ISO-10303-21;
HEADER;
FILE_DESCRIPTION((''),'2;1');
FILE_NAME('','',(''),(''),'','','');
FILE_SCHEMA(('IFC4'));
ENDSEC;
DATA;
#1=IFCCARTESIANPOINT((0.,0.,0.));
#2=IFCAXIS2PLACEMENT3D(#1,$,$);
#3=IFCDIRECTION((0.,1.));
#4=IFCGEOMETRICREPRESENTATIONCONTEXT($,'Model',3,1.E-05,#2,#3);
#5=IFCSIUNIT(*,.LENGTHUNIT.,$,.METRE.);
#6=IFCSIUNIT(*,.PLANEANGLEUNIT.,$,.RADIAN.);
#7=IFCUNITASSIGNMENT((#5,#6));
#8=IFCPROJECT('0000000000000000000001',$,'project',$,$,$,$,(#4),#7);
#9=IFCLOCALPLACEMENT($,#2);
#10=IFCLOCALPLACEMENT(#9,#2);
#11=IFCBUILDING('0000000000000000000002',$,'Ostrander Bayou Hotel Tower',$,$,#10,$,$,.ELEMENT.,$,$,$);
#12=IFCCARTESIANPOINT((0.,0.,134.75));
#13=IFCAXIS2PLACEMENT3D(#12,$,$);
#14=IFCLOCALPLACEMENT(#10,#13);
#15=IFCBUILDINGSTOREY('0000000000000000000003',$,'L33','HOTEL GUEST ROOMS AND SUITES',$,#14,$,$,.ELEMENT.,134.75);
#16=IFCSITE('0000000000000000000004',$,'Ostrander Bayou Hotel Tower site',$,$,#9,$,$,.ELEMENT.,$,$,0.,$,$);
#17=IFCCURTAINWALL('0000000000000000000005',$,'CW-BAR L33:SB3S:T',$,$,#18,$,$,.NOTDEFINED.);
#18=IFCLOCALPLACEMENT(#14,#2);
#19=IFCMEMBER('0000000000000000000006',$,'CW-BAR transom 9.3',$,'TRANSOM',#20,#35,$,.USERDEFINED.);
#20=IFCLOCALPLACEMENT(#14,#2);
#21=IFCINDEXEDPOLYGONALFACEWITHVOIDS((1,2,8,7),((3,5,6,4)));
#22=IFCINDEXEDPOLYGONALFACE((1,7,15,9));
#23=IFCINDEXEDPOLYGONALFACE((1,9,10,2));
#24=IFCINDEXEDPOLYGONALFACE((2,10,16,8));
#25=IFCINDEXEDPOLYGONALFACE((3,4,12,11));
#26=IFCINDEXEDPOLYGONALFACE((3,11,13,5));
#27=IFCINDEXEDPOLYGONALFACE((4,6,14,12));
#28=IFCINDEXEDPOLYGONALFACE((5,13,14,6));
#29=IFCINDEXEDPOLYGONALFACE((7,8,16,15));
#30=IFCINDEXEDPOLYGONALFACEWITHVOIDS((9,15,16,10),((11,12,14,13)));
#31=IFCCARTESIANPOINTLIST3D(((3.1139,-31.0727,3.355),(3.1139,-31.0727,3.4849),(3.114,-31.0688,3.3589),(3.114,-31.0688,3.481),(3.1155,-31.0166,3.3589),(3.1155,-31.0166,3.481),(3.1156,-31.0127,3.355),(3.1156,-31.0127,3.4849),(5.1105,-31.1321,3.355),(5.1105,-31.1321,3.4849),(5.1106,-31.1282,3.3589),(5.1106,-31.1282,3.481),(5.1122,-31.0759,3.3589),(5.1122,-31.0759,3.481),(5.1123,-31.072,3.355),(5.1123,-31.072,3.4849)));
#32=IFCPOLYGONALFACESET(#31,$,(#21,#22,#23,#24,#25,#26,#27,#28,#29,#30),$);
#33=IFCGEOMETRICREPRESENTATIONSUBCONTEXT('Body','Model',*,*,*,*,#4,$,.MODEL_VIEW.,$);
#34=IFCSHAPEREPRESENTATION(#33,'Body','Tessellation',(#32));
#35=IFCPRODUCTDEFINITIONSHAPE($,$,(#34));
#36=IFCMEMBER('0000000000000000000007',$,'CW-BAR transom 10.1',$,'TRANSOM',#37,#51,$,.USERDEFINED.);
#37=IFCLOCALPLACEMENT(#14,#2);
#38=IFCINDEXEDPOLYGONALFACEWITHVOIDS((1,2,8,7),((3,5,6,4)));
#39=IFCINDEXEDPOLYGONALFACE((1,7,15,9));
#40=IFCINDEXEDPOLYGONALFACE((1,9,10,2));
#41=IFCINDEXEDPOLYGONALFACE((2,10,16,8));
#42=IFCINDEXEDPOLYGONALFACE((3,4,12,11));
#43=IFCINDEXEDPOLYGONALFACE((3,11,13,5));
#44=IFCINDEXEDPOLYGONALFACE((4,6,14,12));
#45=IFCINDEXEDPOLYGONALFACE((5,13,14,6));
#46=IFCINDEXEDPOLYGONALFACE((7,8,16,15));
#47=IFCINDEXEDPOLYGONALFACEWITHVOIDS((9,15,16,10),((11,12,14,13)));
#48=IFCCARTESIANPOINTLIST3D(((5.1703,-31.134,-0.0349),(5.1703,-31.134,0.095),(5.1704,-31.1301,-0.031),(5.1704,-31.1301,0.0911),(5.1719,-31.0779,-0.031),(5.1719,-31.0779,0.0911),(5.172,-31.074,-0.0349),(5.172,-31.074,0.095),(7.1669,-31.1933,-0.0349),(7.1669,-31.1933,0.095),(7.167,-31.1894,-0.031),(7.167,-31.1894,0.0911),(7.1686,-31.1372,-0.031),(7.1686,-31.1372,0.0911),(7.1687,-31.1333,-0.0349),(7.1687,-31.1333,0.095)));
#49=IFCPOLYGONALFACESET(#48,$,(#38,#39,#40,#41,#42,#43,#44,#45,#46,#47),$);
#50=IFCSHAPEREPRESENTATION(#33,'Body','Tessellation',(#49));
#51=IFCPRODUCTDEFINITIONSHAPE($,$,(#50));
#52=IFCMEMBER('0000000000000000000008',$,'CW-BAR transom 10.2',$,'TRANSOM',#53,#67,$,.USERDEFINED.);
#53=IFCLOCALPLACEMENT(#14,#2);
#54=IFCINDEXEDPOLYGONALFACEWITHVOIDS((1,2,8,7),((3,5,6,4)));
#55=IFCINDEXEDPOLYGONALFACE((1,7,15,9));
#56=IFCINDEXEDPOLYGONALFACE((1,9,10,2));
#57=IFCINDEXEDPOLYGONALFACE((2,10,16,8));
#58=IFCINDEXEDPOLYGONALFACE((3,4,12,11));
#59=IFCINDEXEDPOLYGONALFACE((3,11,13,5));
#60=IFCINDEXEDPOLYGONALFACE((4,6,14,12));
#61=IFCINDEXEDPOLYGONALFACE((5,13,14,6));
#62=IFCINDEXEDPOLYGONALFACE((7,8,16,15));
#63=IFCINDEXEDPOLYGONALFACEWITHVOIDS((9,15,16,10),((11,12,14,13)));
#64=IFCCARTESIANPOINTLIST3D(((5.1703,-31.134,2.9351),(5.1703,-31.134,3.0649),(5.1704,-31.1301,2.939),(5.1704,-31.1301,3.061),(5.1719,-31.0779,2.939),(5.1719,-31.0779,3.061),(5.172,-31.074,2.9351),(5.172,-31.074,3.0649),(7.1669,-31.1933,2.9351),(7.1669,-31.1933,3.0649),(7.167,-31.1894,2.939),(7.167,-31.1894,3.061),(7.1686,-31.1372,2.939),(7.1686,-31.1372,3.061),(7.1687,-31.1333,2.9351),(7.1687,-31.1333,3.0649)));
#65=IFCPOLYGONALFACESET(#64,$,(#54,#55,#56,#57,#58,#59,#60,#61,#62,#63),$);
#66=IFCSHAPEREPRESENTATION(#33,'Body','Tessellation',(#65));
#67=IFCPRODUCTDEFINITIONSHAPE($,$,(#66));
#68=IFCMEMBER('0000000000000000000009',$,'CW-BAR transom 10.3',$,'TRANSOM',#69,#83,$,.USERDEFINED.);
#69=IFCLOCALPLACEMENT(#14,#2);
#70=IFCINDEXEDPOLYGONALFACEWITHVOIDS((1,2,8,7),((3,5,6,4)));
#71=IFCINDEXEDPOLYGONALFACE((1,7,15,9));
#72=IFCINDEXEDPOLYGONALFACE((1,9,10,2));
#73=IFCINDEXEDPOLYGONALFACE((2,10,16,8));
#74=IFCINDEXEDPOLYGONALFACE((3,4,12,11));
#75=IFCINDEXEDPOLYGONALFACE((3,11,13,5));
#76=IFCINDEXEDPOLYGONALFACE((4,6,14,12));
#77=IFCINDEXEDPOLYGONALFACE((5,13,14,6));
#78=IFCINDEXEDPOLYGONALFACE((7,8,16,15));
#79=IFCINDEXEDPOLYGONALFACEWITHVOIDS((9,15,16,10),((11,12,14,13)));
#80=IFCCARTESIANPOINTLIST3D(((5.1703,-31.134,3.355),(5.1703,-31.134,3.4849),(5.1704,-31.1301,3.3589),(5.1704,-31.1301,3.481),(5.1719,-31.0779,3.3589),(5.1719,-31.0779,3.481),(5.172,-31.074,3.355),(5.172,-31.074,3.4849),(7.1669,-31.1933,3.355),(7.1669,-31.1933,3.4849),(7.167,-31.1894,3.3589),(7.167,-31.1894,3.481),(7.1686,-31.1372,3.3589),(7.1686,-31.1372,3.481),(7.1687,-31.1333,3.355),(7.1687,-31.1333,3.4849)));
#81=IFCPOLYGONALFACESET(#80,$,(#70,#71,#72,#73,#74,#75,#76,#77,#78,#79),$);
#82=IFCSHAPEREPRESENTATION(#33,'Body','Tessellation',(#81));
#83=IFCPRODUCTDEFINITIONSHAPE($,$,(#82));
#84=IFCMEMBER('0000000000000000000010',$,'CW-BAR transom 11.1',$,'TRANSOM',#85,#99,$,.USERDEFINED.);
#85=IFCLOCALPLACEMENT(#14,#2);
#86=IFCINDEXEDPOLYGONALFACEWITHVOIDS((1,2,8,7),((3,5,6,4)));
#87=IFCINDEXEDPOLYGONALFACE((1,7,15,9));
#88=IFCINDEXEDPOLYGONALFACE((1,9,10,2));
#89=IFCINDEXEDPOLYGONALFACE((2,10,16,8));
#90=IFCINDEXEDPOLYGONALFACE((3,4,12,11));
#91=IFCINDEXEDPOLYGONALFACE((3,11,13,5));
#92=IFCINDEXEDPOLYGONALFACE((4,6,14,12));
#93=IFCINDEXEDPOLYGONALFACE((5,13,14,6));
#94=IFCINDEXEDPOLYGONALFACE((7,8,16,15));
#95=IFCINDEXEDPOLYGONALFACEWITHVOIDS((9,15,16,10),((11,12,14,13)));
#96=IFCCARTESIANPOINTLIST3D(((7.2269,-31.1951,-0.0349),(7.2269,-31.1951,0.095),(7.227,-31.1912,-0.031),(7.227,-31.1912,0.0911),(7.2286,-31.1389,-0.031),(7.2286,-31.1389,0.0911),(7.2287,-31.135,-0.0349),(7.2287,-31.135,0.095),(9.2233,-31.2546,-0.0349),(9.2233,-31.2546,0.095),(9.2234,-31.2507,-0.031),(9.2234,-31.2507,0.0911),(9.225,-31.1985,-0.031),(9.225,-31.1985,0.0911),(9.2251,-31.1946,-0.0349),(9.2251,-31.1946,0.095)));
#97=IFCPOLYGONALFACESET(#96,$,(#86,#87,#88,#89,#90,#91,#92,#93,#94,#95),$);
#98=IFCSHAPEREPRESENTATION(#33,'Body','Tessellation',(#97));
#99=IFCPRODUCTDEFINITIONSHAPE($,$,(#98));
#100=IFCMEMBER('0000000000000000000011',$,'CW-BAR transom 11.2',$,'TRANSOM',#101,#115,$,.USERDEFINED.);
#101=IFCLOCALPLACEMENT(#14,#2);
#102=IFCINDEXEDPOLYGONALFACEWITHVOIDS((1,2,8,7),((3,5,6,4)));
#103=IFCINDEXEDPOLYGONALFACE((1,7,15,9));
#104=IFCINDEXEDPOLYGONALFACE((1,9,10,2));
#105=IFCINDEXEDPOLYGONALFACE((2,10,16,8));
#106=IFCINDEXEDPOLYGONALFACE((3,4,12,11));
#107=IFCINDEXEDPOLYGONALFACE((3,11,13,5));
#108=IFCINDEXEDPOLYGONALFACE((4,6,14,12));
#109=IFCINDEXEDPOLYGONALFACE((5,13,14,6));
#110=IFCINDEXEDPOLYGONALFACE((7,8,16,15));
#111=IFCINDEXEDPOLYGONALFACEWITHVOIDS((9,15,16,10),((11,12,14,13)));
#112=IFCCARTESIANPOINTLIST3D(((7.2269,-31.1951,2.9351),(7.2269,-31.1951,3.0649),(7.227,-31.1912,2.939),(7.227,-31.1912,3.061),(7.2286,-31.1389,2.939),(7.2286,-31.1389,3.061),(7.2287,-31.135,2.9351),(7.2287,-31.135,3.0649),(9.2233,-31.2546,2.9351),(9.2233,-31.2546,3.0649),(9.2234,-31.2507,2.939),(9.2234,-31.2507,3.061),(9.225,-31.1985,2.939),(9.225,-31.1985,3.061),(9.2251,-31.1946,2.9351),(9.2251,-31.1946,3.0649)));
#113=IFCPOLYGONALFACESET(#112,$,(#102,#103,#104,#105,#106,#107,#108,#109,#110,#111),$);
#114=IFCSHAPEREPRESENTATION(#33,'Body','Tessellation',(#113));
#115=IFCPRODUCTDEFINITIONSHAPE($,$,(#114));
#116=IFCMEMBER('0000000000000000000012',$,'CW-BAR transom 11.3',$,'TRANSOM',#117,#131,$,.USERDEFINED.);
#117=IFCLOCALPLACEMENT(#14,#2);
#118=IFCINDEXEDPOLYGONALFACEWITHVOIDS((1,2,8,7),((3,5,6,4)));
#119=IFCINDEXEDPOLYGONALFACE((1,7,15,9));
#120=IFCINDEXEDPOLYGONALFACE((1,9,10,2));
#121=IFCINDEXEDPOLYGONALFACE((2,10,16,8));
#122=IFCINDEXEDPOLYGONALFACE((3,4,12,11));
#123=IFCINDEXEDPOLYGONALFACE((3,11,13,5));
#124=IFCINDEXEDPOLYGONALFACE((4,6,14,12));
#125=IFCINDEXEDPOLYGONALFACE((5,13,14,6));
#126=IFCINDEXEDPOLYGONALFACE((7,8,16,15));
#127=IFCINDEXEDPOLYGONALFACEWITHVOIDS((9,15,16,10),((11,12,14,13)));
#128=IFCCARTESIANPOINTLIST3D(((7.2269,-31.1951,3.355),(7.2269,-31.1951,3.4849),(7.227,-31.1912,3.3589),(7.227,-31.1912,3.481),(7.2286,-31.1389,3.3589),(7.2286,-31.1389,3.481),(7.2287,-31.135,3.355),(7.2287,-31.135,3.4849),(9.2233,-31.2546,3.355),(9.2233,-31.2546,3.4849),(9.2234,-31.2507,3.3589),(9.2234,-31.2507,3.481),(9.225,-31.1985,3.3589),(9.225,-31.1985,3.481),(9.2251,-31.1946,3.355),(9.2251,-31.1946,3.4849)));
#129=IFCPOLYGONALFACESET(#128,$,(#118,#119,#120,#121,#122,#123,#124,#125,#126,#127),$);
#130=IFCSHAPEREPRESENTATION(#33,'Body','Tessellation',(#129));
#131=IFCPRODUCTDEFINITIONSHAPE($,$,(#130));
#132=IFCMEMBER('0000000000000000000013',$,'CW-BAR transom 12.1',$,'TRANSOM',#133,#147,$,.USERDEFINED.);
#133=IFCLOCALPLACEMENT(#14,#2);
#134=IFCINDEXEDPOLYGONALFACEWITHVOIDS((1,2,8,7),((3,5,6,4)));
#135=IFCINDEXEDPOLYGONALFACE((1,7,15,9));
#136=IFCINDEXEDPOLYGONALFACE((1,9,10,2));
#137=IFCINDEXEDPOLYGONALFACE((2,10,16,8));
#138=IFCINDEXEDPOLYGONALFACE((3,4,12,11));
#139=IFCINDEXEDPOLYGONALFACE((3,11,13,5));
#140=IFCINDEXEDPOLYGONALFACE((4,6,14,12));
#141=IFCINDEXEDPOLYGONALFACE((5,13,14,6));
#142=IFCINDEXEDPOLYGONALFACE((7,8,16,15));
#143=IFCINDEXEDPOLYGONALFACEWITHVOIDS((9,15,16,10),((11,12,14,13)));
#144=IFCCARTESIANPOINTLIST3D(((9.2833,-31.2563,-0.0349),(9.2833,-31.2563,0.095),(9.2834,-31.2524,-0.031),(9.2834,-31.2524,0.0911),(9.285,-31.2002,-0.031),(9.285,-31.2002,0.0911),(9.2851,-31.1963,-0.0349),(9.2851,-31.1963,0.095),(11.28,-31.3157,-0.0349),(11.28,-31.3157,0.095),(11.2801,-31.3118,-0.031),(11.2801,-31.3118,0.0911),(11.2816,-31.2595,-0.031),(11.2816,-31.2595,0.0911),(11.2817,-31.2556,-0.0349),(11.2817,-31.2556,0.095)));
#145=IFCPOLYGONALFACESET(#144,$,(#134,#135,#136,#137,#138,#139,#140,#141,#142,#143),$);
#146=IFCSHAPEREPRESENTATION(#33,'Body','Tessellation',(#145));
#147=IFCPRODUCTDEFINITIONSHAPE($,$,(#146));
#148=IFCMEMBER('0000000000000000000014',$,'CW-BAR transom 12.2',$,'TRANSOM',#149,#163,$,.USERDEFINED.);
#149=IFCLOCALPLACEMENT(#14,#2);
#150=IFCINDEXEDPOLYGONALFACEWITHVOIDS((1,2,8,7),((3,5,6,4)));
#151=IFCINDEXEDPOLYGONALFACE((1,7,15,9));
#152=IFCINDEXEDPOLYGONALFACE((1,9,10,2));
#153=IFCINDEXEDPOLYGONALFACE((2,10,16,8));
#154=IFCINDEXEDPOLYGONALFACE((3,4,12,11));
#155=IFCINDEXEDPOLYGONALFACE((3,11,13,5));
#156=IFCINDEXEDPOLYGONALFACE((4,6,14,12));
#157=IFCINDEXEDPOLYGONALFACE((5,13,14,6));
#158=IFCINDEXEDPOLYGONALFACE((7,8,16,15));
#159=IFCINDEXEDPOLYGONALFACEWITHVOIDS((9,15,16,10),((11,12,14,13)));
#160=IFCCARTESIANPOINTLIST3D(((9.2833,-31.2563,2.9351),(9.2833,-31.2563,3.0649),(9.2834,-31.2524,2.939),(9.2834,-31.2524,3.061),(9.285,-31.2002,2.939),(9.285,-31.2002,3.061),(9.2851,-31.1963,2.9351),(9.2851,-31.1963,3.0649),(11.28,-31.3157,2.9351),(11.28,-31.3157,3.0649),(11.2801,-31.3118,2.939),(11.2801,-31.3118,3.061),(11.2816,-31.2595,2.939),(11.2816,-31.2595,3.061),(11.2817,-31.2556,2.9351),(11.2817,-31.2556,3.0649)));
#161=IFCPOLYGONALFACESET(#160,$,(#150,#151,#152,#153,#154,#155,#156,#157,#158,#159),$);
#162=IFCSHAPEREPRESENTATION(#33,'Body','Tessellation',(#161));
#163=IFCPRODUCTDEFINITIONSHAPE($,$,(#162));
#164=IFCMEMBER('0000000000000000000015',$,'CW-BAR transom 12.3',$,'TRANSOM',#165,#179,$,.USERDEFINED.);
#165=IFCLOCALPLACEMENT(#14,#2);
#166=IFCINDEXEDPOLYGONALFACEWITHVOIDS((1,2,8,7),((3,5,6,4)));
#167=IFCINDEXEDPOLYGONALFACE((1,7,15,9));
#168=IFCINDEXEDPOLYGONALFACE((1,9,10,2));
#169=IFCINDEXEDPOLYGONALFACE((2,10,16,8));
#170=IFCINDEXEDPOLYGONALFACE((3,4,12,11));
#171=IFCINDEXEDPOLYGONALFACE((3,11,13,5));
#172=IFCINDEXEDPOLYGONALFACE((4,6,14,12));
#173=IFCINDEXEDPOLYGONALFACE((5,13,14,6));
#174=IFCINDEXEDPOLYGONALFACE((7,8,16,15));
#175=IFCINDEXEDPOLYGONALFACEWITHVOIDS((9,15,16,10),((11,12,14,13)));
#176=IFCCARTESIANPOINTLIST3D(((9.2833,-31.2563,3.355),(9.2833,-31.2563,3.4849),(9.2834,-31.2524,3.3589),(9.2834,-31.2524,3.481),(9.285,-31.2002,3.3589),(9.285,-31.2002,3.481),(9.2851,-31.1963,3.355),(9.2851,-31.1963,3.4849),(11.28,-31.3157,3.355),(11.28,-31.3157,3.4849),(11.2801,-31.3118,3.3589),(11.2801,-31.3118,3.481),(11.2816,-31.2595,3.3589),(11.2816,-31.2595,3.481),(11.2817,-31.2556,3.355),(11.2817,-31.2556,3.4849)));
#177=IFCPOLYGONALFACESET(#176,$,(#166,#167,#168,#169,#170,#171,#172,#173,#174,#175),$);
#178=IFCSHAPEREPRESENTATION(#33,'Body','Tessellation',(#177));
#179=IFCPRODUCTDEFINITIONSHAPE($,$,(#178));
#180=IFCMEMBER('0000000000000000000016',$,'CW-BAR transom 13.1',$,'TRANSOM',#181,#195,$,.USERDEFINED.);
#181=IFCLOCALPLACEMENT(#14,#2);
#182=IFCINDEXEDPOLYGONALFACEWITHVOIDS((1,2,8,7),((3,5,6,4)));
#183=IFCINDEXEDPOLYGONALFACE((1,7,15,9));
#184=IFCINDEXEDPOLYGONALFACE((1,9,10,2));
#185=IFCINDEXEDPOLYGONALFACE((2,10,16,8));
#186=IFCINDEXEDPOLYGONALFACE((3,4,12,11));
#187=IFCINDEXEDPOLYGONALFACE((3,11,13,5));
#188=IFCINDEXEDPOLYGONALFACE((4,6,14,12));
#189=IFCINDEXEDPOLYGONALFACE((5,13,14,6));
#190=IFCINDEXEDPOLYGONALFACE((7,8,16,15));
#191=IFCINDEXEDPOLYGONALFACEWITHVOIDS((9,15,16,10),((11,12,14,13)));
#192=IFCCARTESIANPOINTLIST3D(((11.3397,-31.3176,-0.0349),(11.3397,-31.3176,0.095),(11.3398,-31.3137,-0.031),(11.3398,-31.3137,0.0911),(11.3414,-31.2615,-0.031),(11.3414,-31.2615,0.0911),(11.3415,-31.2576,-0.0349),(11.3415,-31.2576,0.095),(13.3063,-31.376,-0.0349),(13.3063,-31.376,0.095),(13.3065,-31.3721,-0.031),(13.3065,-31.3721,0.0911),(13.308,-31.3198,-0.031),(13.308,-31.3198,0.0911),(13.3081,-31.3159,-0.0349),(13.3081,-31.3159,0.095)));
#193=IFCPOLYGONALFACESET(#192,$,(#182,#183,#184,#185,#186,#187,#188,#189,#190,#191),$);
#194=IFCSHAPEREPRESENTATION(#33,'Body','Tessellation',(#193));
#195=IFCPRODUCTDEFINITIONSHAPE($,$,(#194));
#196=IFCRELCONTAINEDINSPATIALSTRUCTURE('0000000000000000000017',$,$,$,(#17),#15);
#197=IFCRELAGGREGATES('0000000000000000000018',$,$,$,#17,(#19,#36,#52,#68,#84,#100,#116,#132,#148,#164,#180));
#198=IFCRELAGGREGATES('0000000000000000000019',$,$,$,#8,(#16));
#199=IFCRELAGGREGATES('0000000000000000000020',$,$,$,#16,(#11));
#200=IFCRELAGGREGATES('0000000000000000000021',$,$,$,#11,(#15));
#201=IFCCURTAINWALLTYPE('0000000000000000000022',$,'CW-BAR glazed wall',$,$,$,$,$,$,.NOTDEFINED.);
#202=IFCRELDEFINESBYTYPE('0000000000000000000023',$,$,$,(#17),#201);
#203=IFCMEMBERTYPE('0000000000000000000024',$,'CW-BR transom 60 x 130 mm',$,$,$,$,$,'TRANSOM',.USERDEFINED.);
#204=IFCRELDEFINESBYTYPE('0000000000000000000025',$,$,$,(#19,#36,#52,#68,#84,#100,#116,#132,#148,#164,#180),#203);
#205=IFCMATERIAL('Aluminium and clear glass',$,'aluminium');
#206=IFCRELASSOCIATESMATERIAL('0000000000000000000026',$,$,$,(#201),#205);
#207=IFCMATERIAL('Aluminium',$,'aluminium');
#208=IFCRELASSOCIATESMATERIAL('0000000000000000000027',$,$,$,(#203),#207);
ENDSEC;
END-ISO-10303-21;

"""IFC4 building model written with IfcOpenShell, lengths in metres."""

from ifc_helpers import new_model, si_unit, direction, frame, origin, origin_2d, place, context, subcontext, project, spatial, hollow_rectangle, extrude, material, material_profile, profile_set, type_object, element, aggregate, save


model = new_model("IFC4")

# Units and contexts
model_context = context("Model", 3, precision=1e-05, world=origin(), true_north=direction((0.0, 1.0)))
body_context = subcontext(model_context, "Body", "Model", "MODEL_VIEW")
ifc_project = project(units=[si_unit("LENGTHUNIT", "METRE"), si_unit("PLANEANGLEUNIT", "RADIAN")], contexts=[model_context])

# Site, building, storey
site_placement = place(None, origin())
site = spatial("IfcSite", under=ifc_project, at=site_placement, Name="Ostrander Bayou Hotel Tower site", CompositionType="ELEMENT", RefElevation=0.0)
building_placement = place(site_placement, origin())
building = spatial("IfcBuilding", under=site, at=building_placement, Name="Ostrander Bayou Hotel Tower", CompositionType="ELEMENT")
storey_placement = place(building_placement, frame((0.0, 0.0, 134.75)))
storey = spatial("IfcBuildingStorey", under=building, at=storey_placement, Name="L33", Description="HOTEL GUEST ROOMS AND SUITES", CompositionType="ELEMENT", Elevation=134.75)

# Curtain wall, members
ifc_material_1 = material(Name="Aluminium and clear glass", Category="aluminium")
curtain_wall_type = type_object("IfcCurtainWallType", Name="CW-BAR glazed wall", PredefinedType="NOTDEFINED", material=ifc_material_1)
curtain_wall_placement = place(storey_placement, origin())
curtain_wall = element("IfcCurtainWall", 1, at=curtain_wall_placement, inside=storey, type_object=curtain_wall_type, Name="CW-BAR L33:SB3S:T", PredefinedType="NOTDEFINED")
ifc_material_2 = material(Name="Aluminium", Category="aluminium")
ifc_material_profile_1 = material_profile(ifc_material_2, hollow_rectangle(XDim=0.0601, YDim=0.1299, WallThickness=0.0039, at=origin_2d()))
ifc_profile_set_1 = profile_set([ifc_material_profile_1], Name="Aluminium")
member_type_1 = type_object("IfcMemberType", Name="CW-BR transom 60 x 130 mm", ElementType="TRANSOM", PredefinedType="USERDEFINED", material=ifc_profile_set_1)
member_1_placement = place(storey_placement, frame((3.1147, -31.0427, 3.4199), z_axis=(0.999559, -0.029701, 0.0), x_axis=(0.029701, 0.999559, 0.0)))
member_1 = element("IfcMember", 2, at=member_1_placement, type_object=member_type_1, Name="CW-BAR transom 9.3", ObjectType="TRANSOM", PredefinedType="USERDEFINED", context=body_context, shape_type="SweptSolid", body=[
    extrude(hollow_rectangle(XDim=0.0601, YDim=0.1299, WallThickness=0.0039, at=origin_2d()), origin(), (0.0, 0.0, 1.0), 1.9976),
])
member_2_placement = place(storey_placement, frame((5.1711, -31.104, 0.03), z_axis=(0.999559, -0.029701, 0.0), x_axis=(0.029701, 0.999559, 0.0)))
member_2 = element("IfcMember", 3, at=member_2_placement, type_object=member_type_1, Name="CW-BAR transom 10.1", ObjectType="TRANSOM", PredefinedType="USERDEFINED", context=body_context, shape_type="SweptSolid", body=[
    extrude(hollow_rectangle(XDim=0.0601, YDim=0.1299, WallThickness=0.0039, at=origin_2d()), origin(), (0.0, 0.0, 1.0), 1.9976),
])
member_3_placement = place(storey_placement, frame((5.1711, -31.104, 3.0), z_axis=(0.999559, -0.029701, 0.0), x_axis=(0.029701, 0.999559, 0.0)))
member_3 = element("IfcMember", 4, at=member_3_placement, type_object=member_type_1, Name="CW-BAR transom 10.2", ObjectType="TRANSOM", PredefinedType="USERDEFINED", context=body_context, shape_type="SweptSolid", body=[
    extrude(hollow_rectangle(XDim=0.0601, YDim=0.1299, WallThickness=0.0039, at=origin_2d()), origin(), (0.0, 0.0, 1.0), 1.9976),
])
member_4_placement = place(storey_placement, frame((5.1711, -31.104, 3.4199), z_axis=(0.999559, -0.029701, 0.0), x_axis=(0.029701, 0.999559, 0.0)))
member_4 = element("IfcMember", 5, at=member_4_placement, type_object=member_type_1, Name="CW-BAR transom 10.3", ObjectType="TRANSOM", PredefinedType="USERDEFINED", context=body_context, shape_type="SweptSolid", body=[
    extrude(hollow_rectangle(XDim=0.0601, YDim=0.1299, WallThickness=0.0039, at=origin_2d()), origin(), (0.0, 0.0, 1.0), 1.9976),
])
member_5_placement = place(storey_placement, frame((7.2278, -31.165, 0.03), z_axis=(0.999555, -0.029827, 0.0), x_axis=(0.029827, 0.999555, 0.0)))
member_5 = element("IfcMember", 6, at=member_5_placement, type_object=member_type_1, Name="CW-BAR transom 11.1", ObjectType="TRANSOM", PredefinedType="USERDEFINED", context=body_context, shape_type="SweptSolid", body=[
    extrude(hollow_rectangle(XDim=0.0601, YDim=0.1299, WallThickness=0.0039, at=origin_2d()), origin(), (0.0, 0.0, 1.0), 1.9973),
])
member_6_placement = place(storey_placement, frame((7.2278, -31.165, 3.0), z_axis=(0.999555, -0.029827, 0.0), x_axis=(0.029827, 0.999555, 0.0)))
member_6 = element("IfcMember", 7, at=member_6_placement, type_object=member_type_1, Name="CW-BAR transom 11.2", ObjectType="TRANSOM", PredefinedType="USERDEFINED", context=body_context, shape_type="SweptSolid", body=[
    extrude(hollow_rectangle(XDim=0.0601, YDim=0.1299, WallThickness=0.0039, at=origin_2d()), origin(), (0.0, 0.0, 1.0), 1.9973),
])
member_7_placement = place(storey_placement, frame((7.2278, -31.165, 3.4199), z_axis=(0.999555, -0.029827, 0.0), x_axis=(0.029827, 0.999555, 0.0)))
member_7 = element("IfcMember", 8, at=member_7_placement, type_object=member_type_1, Name="CW-BAR transom 11.3", ObjectType="TRANSOM", PredefinedType="USERDEFINED", context=body_context, shape_type="SweptSolid", body=[
    extrude(hollow_rectangle(XDim=0.0601, YDim=0.1299, WallThickness=0.0039, at=origin_2d()), origin(), (0.0, 0.0, 1.0), 1.9973),
])
member_8_placement = place(storey_placement, frame((9.2842, -31.2263, 0.03), z_axis=(0.999559, -0.029701, 0.0), x_axis=(0.029701, 0.999559, 0.0)))
member_8 = element("IfcMember", 9, at=member_8_placement, type_object=member_type_1, Name="CW-BAR transom 12.1", ObjectType="TRANSOM", PredefinedType="USERDEFINED", context=body_context, shape_type="SweptSolid", body=[
    extrude(hollow_rectangle(XDim=0.0601, YDim=0.1299, WallThickness=0.0039, at=origin_2d()), origin(), (0.0, 0.0, 1.0), 1.9976),
])
member_9_placement = place(storey_placement, frame((9.2842, -31.2263, 3.0), z_axis=(0.999559, -0.029701, 0.0), x_axis=(0.029701, 0.999559, 0.0)))
member_9 = element("IfcMember", 10, at=member_9_placement, type_object=member_type_1, Name="CW-BAR transom 12.2", ObjectType="TRANSOM", PredefinedType="USERDEFINED", context=body_context, shape_type="SweptSolid", body=[
    extrude(hollow_rectangle(XDim=0.0601, YDim=0.1299, WallThickness=0.0039, at=origin_2d()), origin(), (0.0, 0.0, 1.0), 1.9976),
])
member_10_placement = place(storey_placement, frame((9.2842, -31.2263, 3.4199), z_axis=(0.999559, -0.029701, 0.0), x_axis=(0.029701, 0.999559, 0.0)))
member_10 = element("IfcMember", 11, at=member_10_placement, type_object=member_type_1, Name="CW-BAR transom 12.3", ObjectType="TRANSOM", PredefinedType="USERDEFINED", context=body_context, shape_type="SweptSolid", body=[
    extrude(hollow_rectangle(XDim=0.0601, YDim=0.1299, WallThickness=0.0039, at=origin_2d()), origin(), (0.0, 0.0, 1.0), 1.9976),
])
member_11_placement = place(storey_placement, frame((11.3406, -31.2876, 0.03), z_axis=(0.99956, -0.029658, 0.0), x_axis=(0.029658, 0.99956, 0.0)))
member_11 = element("IfcMember", 12, at=member_11_placement, type_object=member_type_1, Name="CW-BAR transom 13.1", ObjectType="TRANSOM", PredefinedType="USERDEFINED", context=body_context, shape_type="SweptSolid", body=[
    extrude(hollow_rectangle(XDim=0.0601, YDim=0.1299, WallThickness=0.0039, at=origin_2d()), origin(), (0.0, 0.0, 1.0), 1.9675),
])
aggregate(curtain_wall, [member_1, member_2, member_3, member_4, member_5, member_6, member_7, member_8, member_9, member_10, member_11])

save(model, "model.ifc")
